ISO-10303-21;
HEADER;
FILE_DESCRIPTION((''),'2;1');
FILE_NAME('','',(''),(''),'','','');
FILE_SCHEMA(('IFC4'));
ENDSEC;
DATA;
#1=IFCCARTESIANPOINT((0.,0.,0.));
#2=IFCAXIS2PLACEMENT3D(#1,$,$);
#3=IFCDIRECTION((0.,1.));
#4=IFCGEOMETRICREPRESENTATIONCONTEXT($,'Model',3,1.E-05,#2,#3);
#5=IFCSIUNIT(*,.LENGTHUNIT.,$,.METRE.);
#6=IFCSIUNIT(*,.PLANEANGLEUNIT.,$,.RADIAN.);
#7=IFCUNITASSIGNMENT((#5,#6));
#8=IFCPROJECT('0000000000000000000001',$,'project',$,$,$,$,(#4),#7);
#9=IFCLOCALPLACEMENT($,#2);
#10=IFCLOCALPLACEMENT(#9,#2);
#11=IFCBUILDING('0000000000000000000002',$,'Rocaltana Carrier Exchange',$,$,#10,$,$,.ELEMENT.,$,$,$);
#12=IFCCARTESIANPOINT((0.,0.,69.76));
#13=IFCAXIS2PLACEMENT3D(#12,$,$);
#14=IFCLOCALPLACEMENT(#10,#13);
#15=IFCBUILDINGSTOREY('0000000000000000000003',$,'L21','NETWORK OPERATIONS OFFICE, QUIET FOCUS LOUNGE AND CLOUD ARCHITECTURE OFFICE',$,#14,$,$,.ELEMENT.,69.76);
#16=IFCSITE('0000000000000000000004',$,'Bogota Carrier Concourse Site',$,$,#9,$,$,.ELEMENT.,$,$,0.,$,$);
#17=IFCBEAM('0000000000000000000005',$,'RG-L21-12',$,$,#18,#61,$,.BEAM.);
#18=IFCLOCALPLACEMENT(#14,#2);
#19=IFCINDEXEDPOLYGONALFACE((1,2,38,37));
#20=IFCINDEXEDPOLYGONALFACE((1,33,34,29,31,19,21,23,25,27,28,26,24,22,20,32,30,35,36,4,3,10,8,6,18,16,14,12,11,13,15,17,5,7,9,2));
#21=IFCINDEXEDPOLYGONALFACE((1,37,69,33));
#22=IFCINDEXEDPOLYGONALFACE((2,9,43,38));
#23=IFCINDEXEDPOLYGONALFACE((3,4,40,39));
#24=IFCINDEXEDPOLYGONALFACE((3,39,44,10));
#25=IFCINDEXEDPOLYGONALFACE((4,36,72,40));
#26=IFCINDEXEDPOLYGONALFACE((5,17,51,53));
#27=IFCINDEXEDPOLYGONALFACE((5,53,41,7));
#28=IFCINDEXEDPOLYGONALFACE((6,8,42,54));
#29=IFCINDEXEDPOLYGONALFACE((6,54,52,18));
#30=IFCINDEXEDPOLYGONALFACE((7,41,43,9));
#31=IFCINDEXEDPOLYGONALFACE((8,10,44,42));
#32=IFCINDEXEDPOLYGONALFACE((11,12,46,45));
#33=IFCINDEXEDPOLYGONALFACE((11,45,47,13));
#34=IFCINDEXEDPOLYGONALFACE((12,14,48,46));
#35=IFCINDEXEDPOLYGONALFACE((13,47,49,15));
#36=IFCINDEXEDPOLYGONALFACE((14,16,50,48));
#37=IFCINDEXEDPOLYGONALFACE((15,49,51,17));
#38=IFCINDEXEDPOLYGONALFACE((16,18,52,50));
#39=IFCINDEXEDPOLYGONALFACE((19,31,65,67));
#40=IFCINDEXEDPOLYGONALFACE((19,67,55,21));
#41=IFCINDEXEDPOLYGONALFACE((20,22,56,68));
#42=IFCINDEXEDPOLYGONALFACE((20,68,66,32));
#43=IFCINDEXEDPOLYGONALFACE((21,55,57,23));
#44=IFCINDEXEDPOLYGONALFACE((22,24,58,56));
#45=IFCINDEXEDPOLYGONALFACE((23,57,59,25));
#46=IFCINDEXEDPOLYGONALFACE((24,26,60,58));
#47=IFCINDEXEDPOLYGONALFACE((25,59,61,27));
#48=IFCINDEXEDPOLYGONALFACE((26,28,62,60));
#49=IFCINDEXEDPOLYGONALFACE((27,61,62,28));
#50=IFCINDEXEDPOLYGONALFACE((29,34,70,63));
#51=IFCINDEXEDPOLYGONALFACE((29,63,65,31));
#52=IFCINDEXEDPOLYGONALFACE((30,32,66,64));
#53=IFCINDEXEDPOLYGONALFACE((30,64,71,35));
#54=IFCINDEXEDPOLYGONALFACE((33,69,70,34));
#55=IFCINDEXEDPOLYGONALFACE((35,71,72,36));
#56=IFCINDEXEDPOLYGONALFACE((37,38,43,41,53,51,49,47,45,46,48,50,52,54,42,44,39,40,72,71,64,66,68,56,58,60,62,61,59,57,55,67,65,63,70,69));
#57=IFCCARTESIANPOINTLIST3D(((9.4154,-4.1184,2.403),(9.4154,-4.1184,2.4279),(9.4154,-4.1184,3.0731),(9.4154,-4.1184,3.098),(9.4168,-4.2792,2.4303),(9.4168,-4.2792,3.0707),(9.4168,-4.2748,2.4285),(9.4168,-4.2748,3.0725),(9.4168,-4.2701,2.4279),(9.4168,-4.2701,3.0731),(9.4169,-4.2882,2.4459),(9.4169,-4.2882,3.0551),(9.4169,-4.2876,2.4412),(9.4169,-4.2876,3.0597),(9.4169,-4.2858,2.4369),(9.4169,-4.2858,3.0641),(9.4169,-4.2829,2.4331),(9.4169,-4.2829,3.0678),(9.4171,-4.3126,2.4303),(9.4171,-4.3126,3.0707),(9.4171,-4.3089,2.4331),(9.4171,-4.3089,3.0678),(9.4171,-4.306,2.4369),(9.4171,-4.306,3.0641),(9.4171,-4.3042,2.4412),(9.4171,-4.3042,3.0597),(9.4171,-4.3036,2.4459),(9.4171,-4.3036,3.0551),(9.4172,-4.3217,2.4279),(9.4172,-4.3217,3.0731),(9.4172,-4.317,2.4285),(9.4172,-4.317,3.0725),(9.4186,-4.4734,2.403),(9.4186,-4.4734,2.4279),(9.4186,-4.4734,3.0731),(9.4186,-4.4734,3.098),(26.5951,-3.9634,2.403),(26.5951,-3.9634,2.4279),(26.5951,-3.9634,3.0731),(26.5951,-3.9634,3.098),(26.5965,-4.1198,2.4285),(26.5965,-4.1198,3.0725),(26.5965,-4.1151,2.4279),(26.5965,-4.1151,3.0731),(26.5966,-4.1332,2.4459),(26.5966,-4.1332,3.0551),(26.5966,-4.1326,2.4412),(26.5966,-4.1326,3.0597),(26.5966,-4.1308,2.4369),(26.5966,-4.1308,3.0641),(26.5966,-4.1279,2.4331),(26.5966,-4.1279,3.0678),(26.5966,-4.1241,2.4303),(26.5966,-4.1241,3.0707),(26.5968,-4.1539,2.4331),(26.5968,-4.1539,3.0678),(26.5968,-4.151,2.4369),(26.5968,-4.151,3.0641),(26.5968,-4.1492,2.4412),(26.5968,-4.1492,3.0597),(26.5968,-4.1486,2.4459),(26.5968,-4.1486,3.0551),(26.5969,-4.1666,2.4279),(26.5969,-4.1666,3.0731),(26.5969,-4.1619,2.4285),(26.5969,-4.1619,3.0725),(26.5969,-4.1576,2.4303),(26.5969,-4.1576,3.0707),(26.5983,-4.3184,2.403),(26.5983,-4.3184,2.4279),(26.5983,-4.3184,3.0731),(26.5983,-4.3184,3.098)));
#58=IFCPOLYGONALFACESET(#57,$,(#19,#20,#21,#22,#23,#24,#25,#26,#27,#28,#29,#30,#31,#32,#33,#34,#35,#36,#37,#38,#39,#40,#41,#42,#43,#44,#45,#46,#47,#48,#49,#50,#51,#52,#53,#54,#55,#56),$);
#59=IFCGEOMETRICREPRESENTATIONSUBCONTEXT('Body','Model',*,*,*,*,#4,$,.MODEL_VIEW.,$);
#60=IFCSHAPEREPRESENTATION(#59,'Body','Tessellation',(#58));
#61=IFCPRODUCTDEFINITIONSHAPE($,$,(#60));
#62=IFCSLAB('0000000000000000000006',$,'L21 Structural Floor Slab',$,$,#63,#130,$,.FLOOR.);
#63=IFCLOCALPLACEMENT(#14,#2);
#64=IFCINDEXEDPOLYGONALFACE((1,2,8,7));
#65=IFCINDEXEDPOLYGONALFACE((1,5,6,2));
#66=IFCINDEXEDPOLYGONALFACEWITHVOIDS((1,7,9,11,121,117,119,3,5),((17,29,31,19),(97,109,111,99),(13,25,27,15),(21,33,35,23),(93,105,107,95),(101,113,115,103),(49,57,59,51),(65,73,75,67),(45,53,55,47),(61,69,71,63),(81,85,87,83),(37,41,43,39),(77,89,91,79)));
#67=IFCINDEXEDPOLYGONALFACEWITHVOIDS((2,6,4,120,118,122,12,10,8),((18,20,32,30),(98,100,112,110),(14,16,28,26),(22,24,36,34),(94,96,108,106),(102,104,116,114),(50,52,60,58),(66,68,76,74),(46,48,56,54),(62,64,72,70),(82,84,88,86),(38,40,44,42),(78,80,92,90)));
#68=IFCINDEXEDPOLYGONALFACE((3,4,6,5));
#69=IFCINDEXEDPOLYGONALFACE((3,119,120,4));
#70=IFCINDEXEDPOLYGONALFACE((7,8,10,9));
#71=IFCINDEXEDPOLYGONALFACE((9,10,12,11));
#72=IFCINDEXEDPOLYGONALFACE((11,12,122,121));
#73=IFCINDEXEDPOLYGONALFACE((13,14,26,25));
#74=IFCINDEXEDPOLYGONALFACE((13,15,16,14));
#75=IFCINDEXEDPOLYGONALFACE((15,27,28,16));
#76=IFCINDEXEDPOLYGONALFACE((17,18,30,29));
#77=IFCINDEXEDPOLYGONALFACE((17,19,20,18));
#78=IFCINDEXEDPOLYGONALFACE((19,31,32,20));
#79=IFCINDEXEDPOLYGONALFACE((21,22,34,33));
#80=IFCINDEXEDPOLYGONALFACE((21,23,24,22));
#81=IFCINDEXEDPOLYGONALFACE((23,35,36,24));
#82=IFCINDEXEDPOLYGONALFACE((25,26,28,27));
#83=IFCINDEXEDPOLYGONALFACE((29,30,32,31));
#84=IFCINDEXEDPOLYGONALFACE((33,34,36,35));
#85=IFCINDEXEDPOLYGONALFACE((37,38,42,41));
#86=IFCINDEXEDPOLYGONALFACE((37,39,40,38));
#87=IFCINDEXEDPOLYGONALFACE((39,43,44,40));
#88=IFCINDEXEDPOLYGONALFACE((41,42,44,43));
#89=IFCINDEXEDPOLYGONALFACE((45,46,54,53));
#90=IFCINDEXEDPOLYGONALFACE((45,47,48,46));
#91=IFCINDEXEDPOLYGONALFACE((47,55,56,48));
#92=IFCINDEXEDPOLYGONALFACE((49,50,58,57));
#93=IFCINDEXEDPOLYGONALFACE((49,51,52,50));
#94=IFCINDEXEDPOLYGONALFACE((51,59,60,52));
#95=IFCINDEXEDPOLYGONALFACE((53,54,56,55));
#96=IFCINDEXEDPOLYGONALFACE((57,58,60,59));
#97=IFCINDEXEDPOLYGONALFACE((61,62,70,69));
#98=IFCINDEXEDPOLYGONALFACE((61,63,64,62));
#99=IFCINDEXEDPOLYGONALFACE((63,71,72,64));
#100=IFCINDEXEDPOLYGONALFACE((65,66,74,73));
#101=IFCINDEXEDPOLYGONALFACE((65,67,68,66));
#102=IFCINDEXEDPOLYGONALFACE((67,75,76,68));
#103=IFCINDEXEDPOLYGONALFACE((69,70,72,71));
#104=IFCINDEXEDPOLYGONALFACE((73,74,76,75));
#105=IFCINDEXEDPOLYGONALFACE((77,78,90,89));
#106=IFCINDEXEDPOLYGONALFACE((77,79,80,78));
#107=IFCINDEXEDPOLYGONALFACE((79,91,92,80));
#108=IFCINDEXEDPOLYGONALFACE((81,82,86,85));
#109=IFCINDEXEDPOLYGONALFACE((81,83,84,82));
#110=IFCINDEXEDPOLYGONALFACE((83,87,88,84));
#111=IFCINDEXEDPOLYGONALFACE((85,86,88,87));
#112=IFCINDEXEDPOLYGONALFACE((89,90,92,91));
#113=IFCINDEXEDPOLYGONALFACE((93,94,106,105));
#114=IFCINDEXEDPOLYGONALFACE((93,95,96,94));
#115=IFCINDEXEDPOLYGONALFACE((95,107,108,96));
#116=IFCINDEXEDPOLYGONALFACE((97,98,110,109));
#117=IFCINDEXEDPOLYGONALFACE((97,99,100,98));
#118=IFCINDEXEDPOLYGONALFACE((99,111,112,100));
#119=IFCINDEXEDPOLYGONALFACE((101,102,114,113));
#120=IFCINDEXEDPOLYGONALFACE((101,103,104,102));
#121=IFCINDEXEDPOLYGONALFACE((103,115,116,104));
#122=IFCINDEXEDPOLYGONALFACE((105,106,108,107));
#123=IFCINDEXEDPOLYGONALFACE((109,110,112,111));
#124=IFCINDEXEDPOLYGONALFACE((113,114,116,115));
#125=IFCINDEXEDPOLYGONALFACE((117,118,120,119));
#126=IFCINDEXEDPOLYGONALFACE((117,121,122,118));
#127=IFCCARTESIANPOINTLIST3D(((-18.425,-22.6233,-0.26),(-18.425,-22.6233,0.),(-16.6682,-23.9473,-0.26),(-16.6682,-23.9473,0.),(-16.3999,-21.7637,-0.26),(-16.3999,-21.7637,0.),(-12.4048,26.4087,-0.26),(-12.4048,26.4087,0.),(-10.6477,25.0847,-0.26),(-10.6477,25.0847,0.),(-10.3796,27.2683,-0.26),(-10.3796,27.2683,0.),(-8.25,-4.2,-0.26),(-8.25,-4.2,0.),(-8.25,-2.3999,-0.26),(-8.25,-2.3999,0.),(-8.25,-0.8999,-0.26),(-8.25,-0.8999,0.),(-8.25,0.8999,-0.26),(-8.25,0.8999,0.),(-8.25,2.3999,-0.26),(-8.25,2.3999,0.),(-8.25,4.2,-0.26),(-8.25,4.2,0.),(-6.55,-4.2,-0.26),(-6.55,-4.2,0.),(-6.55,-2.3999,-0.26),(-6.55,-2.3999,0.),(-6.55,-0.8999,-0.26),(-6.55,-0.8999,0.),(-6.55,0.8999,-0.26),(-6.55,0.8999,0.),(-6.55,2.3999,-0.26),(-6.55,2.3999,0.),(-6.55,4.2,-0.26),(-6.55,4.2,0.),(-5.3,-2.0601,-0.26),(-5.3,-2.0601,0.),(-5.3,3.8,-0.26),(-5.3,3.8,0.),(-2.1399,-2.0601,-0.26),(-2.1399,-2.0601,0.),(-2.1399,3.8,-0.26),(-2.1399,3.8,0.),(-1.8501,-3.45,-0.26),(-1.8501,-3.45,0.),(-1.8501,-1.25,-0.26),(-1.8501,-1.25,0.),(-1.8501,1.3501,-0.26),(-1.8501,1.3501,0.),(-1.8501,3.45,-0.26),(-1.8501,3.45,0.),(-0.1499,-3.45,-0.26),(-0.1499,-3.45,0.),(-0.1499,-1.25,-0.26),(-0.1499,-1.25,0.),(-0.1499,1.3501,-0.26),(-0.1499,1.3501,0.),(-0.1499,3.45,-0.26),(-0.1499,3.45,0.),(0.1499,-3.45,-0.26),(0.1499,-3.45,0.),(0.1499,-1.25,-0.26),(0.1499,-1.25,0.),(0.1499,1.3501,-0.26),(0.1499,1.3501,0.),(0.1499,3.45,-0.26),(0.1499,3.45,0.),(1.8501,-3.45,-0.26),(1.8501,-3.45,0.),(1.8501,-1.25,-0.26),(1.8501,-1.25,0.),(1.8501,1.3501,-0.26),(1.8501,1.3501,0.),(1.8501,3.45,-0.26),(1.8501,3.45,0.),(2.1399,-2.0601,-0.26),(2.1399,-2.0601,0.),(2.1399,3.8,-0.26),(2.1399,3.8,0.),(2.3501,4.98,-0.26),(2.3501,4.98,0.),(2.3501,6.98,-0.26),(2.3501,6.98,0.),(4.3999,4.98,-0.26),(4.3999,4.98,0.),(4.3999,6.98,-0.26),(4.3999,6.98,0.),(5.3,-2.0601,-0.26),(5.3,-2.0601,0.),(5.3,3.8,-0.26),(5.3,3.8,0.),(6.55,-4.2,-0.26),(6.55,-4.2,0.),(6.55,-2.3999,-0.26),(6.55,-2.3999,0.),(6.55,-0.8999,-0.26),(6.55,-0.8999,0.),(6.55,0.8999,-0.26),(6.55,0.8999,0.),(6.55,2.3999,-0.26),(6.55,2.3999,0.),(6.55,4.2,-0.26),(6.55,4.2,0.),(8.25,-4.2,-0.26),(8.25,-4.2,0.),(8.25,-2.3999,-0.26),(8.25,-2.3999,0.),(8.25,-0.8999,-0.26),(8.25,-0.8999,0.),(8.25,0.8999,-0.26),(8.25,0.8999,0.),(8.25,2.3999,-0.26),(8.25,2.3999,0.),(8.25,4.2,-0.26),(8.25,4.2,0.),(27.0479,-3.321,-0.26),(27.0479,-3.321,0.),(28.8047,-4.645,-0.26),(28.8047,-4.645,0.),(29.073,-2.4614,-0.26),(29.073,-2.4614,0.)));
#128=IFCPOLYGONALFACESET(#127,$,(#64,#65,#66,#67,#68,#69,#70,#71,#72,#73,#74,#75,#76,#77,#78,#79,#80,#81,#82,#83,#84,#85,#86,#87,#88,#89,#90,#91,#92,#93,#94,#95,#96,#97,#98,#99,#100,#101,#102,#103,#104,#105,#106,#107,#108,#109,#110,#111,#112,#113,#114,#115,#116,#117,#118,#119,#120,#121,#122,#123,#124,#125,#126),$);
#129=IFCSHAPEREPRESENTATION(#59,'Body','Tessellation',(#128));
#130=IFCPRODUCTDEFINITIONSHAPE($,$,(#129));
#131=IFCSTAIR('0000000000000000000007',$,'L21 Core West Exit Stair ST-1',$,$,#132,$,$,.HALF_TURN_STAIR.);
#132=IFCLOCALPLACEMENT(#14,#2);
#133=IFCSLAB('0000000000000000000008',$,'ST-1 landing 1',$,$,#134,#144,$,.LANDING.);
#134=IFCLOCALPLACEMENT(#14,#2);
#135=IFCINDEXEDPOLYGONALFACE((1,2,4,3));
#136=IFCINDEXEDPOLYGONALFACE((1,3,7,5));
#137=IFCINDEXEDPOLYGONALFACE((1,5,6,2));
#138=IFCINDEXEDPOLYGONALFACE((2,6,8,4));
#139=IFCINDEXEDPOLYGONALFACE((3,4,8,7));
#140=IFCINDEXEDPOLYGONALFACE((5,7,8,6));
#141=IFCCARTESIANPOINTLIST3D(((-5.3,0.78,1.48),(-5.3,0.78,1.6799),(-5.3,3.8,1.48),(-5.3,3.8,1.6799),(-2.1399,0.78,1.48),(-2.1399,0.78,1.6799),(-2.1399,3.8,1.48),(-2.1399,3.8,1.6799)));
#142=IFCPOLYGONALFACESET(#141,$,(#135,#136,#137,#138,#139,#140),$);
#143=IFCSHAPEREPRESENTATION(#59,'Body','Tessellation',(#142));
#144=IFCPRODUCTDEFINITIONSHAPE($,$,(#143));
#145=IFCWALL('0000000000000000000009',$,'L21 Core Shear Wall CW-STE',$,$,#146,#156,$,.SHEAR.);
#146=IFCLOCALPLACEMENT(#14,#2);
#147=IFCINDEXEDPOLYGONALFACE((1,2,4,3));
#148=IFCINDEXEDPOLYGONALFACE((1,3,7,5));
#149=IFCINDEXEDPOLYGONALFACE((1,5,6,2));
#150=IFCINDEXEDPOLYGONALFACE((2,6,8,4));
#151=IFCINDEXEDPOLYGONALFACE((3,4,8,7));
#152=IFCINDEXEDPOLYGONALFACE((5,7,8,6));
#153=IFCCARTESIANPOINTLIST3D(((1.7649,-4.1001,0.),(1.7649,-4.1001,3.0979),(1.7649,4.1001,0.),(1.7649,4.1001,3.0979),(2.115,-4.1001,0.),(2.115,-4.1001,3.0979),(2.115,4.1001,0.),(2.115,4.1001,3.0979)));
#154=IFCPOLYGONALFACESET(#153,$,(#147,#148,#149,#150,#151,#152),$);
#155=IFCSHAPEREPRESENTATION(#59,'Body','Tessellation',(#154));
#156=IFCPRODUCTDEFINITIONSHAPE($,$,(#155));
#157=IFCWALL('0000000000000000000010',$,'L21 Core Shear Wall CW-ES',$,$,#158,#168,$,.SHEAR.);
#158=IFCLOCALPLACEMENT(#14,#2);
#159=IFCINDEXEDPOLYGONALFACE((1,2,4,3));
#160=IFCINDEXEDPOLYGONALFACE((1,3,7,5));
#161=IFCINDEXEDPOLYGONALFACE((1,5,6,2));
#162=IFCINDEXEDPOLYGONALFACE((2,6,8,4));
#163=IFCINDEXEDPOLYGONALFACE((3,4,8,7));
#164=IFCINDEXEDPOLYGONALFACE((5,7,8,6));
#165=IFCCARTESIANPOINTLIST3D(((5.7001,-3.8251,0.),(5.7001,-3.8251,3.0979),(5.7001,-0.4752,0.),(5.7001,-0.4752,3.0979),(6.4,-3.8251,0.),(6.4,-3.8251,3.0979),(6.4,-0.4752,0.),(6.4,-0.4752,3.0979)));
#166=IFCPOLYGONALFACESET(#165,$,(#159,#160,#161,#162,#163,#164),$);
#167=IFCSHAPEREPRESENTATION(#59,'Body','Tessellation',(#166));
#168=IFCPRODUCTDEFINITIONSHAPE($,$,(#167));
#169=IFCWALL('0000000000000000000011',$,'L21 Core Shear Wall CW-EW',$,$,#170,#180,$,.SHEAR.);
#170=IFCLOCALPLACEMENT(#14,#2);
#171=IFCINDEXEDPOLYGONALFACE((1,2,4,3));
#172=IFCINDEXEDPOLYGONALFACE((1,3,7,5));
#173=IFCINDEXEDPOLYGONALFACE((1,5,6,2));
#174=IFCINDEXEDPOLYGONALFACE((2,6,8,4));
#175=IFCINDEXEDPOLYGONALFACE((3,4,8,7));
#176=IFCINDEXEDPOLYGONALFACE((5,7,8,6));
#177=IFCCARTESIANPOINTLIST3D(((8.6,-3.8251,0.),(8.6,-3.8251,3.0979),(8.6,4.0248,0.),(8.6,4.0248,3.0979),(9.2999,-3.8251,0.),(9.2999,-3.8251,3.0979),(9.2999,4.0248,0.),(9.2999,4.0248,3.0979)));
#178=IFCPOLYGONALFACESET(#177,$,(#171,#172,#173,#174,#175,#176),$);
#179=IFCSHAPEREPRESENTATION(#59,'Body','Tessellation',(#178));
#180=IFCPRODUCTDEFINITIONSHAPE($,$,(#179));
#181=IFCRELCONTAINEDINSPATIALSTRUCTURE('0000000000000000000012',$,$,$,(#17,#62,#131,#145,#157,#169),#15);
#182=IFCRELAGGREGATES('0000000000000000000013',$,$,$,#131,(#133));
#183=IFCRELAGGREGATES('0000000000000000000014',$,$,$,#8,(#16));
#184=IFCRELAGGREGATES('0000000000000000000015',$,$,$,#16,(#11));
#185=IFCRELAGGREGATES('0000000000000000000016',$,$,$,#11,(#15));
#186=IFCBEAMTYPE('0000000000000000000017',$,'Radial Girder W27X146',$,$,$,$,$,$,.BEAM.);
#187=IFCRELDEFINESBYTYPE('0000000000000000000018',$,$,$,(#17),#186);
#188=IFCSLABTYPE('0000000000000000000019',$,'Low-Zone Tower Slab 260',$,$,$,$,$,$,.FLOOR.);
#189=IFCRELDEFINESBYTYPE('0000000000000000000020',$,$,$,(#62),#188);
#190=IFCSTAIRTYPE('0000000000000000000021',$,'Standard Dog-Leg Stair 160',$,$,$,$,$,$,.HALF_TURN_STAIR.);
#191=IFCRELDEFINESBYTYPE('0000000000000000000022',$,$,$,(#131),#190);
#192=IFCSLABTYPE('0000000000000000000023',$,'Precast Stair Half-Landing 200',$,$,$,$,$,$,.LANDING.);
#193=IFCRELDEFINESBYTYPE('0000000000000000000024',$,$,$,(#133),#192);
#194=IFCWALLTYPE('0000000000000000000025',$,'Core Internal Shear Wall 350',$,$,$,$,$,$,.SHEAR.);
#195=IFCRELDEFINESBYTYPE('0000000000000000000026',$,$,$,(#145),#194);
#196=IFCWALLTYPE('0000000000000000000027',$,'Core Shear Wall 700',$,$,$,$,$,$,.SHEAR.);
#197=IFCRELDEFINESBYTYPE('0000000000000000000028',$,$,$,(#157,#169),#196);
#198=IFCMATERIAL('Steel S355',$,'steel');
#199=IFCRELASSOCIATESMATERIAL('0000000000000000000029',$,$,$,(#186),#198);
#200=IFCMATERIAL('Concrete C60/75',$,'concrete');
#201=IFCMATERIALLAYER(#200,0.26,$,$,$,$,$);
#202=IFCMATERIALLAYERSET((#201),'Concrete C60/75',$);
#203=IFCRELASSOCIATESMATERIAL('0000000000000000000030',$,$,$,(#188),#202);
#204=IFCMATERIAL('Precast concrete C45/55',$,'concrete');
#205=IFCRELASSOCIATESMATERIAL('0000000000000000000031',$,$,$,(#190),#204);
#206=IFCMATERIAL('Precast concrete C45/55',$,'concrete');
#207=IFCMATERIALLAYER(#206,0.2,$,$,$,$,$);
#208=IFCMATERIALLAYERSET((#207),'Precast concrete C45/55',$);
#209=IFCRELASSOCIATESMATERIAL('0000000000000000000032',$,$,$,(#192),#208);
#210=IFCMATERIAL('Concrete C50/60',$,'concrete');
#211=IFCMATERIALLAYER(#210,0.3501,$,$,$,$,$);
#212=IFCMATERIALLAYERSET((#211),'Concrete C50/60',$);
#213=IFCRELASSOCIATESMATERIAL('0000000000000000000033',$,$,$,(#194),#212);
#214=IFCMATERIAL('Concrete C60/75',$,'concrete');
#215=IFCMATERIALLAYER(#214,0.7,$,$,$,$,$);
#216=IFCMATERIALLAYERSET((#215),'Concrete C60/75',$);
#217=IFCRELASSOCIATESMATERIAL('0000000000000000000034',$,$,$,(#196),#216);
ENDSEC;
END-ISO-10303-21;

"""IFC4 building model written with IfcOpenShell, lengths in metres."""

from ifc_helpers import new_model, si_unit, direction, frame, frame_2d, origin, origin_2d, place, context, subcontext, project, spatial, polyline, rectangle, i_section, outline, extrude, material, layer, layer_set, material_profile, profile_set, type_object, element, aggregate, save


model = new_model("IFC4")

# Units and contexts
model_context = context("Model", 3, precision=1e-05, world=origin(), true_north=direction((0.0, 1.0)))
body_context = subcontext(model_context, "Body", "Model", "MODEL_VIEW")
ifc_project = project(units=[si_unit("LENGTHUNIT", "METRE"), si_unit("PLANEANGLEUNIT", "RADIAN")], contexts=[model_context])

# Site, building, storey
site_placement = place(None, origin())
site = spatial("IfcSite", under=ifc_project, at=site_placement, Name="Bogota Carrier Concourse Site", CompositionType="ELEMENT", RefElevation=0.0)
building_placement = place(site_placement, origin())
building = spatial("IfcBuilding", under=site, at=building_placement, Name="Rocaltana Carrier Exchange", CompositionType="ELEMENT")
storey_placement = place(building_placement, frame((0.0, 0.0, 69.76)))
storey = spatial("IfcBuildingStorey", under=building, at=storey_placement, Name="L21", Description="NETWORK OPERATIONS OFFICE, QUIET FOCUS LOUNGE AND CLOUD ARCHITECTURE OFFICE", CompositionType="ELEMENT", Elevation=69.76)

# Beam
ifc_material_1 = material(Name="Steel S355", Category="steel")
ifc_material_profile_1 = material_profile(ifc_material_1, i_section(OverallWidth=0.355, OverallDepth=0.6951, WebThickness=0.0154, FlangeThickness=0.0249, FilletRadius=0.0181, at=origin_2d()), Name="W27X146")
ifc_profile_set_1 = profile_set([ifc_material_profile_1], Name="Steel S355")
beam_type = type_object("IfcBeamType", Name="Radial Girder W27X146", PredefinedType="BEAM", material=ifc_profile_set_1)
beam_1_placement = place(storey_placement, frame((9.417, -4.2959, 2.7505), z_axis=(0.999959, 0.009024, 0.0), x_axis=(-0.009024, 0.999959, 0.0)))
element("IfcBeam", 1, at=beam_1_placement, inside=storey, type_object=beam_type, Name="RG-L21-12", PredefinedType="BEAM", context=body_context, shape_type="SweptSolid", body=[
    extrude(i_section(OverallWidth=0.355, OverallDepth=0.6951, WebThickness=0.0154, FlangeThickness=0.0249, FilletRadius=0.0181, at=origin_2d()), origin(), (0.0, 0.0, 1.0), 17.1804),
])

# Slab
ifc_material_2 = material(Name="Concrete C60/75", Category="concrete")
ifc_layer_1 = layer(ifc_material_2, 0.26)
ifc_layer_set_1 = layer_set([ifc_layer_1], Name="Concrete C60/75")
slab_type_1 = type_object("IfcSlabType", Name="Low-Zone Tower Slab 260", PredefinedType="FLOOR", material=ifc_layer_set_1)
slab_1_placement = place(storey_placement, frame((0.0, 0.0, -0.26)))
element("IfcSlab", 2, at=slab_1_placement, inside=storey, type_object=slab_type_1, Name="L21 Structural Floor Slab", PredefinedType="FLOOR", context=body_context, shape_type="SweptSolid", body=[
    extrude(outline(polyline([(28.8047, -4.645), (27.0479, -3.321), (29.073, -2.4614), (-10.3796, 27.2683), (-10.6477, 25.0847), (-12.4048, 26.4087), (-18.425, -22.6233), (-16.3999, -21.7637), (-16.6682, -23.9473), (28.8047, -4.645)]), holes=[polyline([(-5.3, -2.0601), (-2.1399, -2.0601), (-2.1399, 3.8), (-5.3, 3.8), (-5.3, -2.0601)]), polyline([(2.1399, -2.0601), (5.3, -2.0601), (5.3, 3.8), (2.1399, 3.8), (2.1399, -2.0601)]), polyline([(-1.8501, -3.45), (-0.1499, -3.45), (-0.1499, -1.25), (-1.8501, -1.25), (-1.8501, -3.45)]), polyline([(0.1499, -3.45), (1.8501, -3.45), (1.8501, -1.25), (0.1499, -1.25), (0.1499, -3.45)]), polyline([(2.3501, 4.98), (4.3999, 4.98), (4.3999, 6.98), (2.3501, 6.98), (2.3501, 4.98)]), polyline([(-1.8501, 1.3501), (-0.1499, 1.3501), (-0.1499, 3.45), (-1.8501, 3.45), (-1.8501, 1.3501)]), polyline([(0.1499, 1.3501), (1.8501, 1.3501), (1.8501, 3.45), (0.1499, 3.45), (0.1499, 1.3501)]), polyline([(-8.25, -4.2), (-6.55, -4.2), (-6.55, -2.3999), (-8.25, -2.3999), (-8.25, -4.2)]), polyline([(-8.25, -0.8999), (-6.55, -0.8999), (-6.55, 0.8999), (-8.25, 0.8999), (-8.25, -0.8999)]), polyline([(-8.25, 2.3999), (-6.55, 2.3999), (-6.55, 4.2), (-8.25, 4.2), (-8.25, 2.3999)]), polyline([(6.55, -4.2), (8.25, -4.2), (8.25, -2.3999), (6.55, -2.3999), (6.55, -4.2)]), polyline([(6.55, -0.8999), (8.25, -0.8999), (8.25, 0.8999), (6.55, 0.8999), (6.55, -0.8999)]), polyline([(6.55, 2.3999), (8.25, 2.3999), (8.25, 4.2), (6.55, 4.2), (6.55, 2.3999)])]), origin(), (0.0, 0.0, 1.0), 0.26),
])

# Stair, slab
ifc_material_3 = material(Name="Precast concrete C45/55", Category="concrete")
stair_type = type_object("IfcStairType", Name="Standard Dog-Leg Stair 160", PredefinedType="HALF_TURN_STAIR", material=ifc_material_3)
stair_1_placement = place(storey_placement, origin())
stair_1 = element("IfcStair", 3, at=stair_1_placement, inside=storey, type_object=stair_type, Name="L21 Core West Exit Stair ST-1", PredefinedType="HALF_TURN_STAIR")
ifc_material_4 = material(Name="Precast concrete C45/55", Category="concrete")
ifc_layer_2 = layer(ifc_material_4, 0.2)
ifc_layer_set_2 = layer_set([ifc_layer_2], Name="Precast concrete C45/55")
slab_type_2 = type_object("IfcSlabType", Name="Precast Stair Half-Landing 200", PredefinedType="LANDING", material=ifc_layer_set_2)
slab_2_placement = place(storey_placement, frame((0.0, 0.0, 1.48)))
slab_2 = element("IfcSlab", 4, at=slab_2_placement, type_object=slab_type_2, Name="ST-1 landing 1", PredefinedType="LANDING", context=body_context, shape_type="SweptSolid", body=[
    extrude(outline(polyline([(-2.1399, 0.78), (-2.1399, 3.8), (-5.3, 3.8), (-5.3, 0.78), (-2.1399, 0.78)])), origin(), (0.0, 0.0, 1.0), 0.2),
])
aggregate(stair_1, [slab_2])

# Walls
ifc_material_5 = material(Name="Concrete C50/60", Category="concrete")
ifc_layer_3 = layer(ifc_material_5, 0.3501)
ifc_layer_set_3 = layer_set([ifc_layer_3], Name="Concrete C50/60")
wall_type_1 = type_object("IfcWallType", Name="Core Internal Shear Wall 350", PredefinedType="SHEAR", material=ifc_layer_set_3)
wall_1_placement = place(storey_placement, frame((1.9399, -4.1001, 0.0), z_axis=(0.0, 0.0, 1.0), x_axis=(0.0, 1.0, 0.0)))
element("IfcWall", 5, at=wall_1_placement, inside=storey, type_object=wall_type_1, Name="L21 Core Shear Wall CW-STE", PredefinedType="SHEAR", context=body_context, shape_type="SweptSolid", body=[
    extrude(rectangle(XDim=8.2002, YDim=0.3501, at=frame_2d((4.1001, 0.0))), origin(), (0.0, 0.0, 1.0), 3.0979),
])
ifc_material_6 = material(Name="Concrete C60/75", Category="concrete")
ifc_layer_4 = layer(ifc_material_6, 0.7)
ifc_layer_set_4 = layer_set([ifc_layer_4], Name="Concrete C60/75")
wall_type_2 = type_object("IfcWallType", Name="Core Shear Wall 700", PredefinedType="SHEAR", material=ifc_layer_set_4)
wall_2_placement = place(storey_placement, frame((6.05, -3.825, 0.0), z_axis=(0.0, 0.0, 1.0), x_axis=(0.0, 1.0, 0.0)))
element("IfcWall", 6, at=wall_2_placement, inside=storey, type_object=wall_type_2, Name="L21 Core Shear Wall CW-ES", PredefinedType="SHEAR", context=body_context, shape_type="SweptSolid", body=[
    extrude(rectangle(XDim=3.3499, YDim=0.7, at=frame_2d((1.6748, 0.0))), origin(), (0.0, 0.0, 1.0), 3.0979),
])
wall_3_placement = place(storey_placement, frame((8.95, -3.825, 0.0), z_axis=(0.0, 0.0, 1.0), x_axis=(0.0, 1.0, 0.0)))
element("IfcWall", 7, at=wall_3_placement, inside=storey, type_object=wall_type_2, Name="L21 Core Shear Wall CW-EW", PredefinedType="SHEAR", context=body_context, shape_type="SweptSolid", body=[
    extrude(rectangle(XDim=7.8499, YDim=0.7, at=frame_2d((3.9248, 0.0))), origin(), (0.0, 0.0, 1.0), 3.0979),
])

save(model, "model.ifc")
